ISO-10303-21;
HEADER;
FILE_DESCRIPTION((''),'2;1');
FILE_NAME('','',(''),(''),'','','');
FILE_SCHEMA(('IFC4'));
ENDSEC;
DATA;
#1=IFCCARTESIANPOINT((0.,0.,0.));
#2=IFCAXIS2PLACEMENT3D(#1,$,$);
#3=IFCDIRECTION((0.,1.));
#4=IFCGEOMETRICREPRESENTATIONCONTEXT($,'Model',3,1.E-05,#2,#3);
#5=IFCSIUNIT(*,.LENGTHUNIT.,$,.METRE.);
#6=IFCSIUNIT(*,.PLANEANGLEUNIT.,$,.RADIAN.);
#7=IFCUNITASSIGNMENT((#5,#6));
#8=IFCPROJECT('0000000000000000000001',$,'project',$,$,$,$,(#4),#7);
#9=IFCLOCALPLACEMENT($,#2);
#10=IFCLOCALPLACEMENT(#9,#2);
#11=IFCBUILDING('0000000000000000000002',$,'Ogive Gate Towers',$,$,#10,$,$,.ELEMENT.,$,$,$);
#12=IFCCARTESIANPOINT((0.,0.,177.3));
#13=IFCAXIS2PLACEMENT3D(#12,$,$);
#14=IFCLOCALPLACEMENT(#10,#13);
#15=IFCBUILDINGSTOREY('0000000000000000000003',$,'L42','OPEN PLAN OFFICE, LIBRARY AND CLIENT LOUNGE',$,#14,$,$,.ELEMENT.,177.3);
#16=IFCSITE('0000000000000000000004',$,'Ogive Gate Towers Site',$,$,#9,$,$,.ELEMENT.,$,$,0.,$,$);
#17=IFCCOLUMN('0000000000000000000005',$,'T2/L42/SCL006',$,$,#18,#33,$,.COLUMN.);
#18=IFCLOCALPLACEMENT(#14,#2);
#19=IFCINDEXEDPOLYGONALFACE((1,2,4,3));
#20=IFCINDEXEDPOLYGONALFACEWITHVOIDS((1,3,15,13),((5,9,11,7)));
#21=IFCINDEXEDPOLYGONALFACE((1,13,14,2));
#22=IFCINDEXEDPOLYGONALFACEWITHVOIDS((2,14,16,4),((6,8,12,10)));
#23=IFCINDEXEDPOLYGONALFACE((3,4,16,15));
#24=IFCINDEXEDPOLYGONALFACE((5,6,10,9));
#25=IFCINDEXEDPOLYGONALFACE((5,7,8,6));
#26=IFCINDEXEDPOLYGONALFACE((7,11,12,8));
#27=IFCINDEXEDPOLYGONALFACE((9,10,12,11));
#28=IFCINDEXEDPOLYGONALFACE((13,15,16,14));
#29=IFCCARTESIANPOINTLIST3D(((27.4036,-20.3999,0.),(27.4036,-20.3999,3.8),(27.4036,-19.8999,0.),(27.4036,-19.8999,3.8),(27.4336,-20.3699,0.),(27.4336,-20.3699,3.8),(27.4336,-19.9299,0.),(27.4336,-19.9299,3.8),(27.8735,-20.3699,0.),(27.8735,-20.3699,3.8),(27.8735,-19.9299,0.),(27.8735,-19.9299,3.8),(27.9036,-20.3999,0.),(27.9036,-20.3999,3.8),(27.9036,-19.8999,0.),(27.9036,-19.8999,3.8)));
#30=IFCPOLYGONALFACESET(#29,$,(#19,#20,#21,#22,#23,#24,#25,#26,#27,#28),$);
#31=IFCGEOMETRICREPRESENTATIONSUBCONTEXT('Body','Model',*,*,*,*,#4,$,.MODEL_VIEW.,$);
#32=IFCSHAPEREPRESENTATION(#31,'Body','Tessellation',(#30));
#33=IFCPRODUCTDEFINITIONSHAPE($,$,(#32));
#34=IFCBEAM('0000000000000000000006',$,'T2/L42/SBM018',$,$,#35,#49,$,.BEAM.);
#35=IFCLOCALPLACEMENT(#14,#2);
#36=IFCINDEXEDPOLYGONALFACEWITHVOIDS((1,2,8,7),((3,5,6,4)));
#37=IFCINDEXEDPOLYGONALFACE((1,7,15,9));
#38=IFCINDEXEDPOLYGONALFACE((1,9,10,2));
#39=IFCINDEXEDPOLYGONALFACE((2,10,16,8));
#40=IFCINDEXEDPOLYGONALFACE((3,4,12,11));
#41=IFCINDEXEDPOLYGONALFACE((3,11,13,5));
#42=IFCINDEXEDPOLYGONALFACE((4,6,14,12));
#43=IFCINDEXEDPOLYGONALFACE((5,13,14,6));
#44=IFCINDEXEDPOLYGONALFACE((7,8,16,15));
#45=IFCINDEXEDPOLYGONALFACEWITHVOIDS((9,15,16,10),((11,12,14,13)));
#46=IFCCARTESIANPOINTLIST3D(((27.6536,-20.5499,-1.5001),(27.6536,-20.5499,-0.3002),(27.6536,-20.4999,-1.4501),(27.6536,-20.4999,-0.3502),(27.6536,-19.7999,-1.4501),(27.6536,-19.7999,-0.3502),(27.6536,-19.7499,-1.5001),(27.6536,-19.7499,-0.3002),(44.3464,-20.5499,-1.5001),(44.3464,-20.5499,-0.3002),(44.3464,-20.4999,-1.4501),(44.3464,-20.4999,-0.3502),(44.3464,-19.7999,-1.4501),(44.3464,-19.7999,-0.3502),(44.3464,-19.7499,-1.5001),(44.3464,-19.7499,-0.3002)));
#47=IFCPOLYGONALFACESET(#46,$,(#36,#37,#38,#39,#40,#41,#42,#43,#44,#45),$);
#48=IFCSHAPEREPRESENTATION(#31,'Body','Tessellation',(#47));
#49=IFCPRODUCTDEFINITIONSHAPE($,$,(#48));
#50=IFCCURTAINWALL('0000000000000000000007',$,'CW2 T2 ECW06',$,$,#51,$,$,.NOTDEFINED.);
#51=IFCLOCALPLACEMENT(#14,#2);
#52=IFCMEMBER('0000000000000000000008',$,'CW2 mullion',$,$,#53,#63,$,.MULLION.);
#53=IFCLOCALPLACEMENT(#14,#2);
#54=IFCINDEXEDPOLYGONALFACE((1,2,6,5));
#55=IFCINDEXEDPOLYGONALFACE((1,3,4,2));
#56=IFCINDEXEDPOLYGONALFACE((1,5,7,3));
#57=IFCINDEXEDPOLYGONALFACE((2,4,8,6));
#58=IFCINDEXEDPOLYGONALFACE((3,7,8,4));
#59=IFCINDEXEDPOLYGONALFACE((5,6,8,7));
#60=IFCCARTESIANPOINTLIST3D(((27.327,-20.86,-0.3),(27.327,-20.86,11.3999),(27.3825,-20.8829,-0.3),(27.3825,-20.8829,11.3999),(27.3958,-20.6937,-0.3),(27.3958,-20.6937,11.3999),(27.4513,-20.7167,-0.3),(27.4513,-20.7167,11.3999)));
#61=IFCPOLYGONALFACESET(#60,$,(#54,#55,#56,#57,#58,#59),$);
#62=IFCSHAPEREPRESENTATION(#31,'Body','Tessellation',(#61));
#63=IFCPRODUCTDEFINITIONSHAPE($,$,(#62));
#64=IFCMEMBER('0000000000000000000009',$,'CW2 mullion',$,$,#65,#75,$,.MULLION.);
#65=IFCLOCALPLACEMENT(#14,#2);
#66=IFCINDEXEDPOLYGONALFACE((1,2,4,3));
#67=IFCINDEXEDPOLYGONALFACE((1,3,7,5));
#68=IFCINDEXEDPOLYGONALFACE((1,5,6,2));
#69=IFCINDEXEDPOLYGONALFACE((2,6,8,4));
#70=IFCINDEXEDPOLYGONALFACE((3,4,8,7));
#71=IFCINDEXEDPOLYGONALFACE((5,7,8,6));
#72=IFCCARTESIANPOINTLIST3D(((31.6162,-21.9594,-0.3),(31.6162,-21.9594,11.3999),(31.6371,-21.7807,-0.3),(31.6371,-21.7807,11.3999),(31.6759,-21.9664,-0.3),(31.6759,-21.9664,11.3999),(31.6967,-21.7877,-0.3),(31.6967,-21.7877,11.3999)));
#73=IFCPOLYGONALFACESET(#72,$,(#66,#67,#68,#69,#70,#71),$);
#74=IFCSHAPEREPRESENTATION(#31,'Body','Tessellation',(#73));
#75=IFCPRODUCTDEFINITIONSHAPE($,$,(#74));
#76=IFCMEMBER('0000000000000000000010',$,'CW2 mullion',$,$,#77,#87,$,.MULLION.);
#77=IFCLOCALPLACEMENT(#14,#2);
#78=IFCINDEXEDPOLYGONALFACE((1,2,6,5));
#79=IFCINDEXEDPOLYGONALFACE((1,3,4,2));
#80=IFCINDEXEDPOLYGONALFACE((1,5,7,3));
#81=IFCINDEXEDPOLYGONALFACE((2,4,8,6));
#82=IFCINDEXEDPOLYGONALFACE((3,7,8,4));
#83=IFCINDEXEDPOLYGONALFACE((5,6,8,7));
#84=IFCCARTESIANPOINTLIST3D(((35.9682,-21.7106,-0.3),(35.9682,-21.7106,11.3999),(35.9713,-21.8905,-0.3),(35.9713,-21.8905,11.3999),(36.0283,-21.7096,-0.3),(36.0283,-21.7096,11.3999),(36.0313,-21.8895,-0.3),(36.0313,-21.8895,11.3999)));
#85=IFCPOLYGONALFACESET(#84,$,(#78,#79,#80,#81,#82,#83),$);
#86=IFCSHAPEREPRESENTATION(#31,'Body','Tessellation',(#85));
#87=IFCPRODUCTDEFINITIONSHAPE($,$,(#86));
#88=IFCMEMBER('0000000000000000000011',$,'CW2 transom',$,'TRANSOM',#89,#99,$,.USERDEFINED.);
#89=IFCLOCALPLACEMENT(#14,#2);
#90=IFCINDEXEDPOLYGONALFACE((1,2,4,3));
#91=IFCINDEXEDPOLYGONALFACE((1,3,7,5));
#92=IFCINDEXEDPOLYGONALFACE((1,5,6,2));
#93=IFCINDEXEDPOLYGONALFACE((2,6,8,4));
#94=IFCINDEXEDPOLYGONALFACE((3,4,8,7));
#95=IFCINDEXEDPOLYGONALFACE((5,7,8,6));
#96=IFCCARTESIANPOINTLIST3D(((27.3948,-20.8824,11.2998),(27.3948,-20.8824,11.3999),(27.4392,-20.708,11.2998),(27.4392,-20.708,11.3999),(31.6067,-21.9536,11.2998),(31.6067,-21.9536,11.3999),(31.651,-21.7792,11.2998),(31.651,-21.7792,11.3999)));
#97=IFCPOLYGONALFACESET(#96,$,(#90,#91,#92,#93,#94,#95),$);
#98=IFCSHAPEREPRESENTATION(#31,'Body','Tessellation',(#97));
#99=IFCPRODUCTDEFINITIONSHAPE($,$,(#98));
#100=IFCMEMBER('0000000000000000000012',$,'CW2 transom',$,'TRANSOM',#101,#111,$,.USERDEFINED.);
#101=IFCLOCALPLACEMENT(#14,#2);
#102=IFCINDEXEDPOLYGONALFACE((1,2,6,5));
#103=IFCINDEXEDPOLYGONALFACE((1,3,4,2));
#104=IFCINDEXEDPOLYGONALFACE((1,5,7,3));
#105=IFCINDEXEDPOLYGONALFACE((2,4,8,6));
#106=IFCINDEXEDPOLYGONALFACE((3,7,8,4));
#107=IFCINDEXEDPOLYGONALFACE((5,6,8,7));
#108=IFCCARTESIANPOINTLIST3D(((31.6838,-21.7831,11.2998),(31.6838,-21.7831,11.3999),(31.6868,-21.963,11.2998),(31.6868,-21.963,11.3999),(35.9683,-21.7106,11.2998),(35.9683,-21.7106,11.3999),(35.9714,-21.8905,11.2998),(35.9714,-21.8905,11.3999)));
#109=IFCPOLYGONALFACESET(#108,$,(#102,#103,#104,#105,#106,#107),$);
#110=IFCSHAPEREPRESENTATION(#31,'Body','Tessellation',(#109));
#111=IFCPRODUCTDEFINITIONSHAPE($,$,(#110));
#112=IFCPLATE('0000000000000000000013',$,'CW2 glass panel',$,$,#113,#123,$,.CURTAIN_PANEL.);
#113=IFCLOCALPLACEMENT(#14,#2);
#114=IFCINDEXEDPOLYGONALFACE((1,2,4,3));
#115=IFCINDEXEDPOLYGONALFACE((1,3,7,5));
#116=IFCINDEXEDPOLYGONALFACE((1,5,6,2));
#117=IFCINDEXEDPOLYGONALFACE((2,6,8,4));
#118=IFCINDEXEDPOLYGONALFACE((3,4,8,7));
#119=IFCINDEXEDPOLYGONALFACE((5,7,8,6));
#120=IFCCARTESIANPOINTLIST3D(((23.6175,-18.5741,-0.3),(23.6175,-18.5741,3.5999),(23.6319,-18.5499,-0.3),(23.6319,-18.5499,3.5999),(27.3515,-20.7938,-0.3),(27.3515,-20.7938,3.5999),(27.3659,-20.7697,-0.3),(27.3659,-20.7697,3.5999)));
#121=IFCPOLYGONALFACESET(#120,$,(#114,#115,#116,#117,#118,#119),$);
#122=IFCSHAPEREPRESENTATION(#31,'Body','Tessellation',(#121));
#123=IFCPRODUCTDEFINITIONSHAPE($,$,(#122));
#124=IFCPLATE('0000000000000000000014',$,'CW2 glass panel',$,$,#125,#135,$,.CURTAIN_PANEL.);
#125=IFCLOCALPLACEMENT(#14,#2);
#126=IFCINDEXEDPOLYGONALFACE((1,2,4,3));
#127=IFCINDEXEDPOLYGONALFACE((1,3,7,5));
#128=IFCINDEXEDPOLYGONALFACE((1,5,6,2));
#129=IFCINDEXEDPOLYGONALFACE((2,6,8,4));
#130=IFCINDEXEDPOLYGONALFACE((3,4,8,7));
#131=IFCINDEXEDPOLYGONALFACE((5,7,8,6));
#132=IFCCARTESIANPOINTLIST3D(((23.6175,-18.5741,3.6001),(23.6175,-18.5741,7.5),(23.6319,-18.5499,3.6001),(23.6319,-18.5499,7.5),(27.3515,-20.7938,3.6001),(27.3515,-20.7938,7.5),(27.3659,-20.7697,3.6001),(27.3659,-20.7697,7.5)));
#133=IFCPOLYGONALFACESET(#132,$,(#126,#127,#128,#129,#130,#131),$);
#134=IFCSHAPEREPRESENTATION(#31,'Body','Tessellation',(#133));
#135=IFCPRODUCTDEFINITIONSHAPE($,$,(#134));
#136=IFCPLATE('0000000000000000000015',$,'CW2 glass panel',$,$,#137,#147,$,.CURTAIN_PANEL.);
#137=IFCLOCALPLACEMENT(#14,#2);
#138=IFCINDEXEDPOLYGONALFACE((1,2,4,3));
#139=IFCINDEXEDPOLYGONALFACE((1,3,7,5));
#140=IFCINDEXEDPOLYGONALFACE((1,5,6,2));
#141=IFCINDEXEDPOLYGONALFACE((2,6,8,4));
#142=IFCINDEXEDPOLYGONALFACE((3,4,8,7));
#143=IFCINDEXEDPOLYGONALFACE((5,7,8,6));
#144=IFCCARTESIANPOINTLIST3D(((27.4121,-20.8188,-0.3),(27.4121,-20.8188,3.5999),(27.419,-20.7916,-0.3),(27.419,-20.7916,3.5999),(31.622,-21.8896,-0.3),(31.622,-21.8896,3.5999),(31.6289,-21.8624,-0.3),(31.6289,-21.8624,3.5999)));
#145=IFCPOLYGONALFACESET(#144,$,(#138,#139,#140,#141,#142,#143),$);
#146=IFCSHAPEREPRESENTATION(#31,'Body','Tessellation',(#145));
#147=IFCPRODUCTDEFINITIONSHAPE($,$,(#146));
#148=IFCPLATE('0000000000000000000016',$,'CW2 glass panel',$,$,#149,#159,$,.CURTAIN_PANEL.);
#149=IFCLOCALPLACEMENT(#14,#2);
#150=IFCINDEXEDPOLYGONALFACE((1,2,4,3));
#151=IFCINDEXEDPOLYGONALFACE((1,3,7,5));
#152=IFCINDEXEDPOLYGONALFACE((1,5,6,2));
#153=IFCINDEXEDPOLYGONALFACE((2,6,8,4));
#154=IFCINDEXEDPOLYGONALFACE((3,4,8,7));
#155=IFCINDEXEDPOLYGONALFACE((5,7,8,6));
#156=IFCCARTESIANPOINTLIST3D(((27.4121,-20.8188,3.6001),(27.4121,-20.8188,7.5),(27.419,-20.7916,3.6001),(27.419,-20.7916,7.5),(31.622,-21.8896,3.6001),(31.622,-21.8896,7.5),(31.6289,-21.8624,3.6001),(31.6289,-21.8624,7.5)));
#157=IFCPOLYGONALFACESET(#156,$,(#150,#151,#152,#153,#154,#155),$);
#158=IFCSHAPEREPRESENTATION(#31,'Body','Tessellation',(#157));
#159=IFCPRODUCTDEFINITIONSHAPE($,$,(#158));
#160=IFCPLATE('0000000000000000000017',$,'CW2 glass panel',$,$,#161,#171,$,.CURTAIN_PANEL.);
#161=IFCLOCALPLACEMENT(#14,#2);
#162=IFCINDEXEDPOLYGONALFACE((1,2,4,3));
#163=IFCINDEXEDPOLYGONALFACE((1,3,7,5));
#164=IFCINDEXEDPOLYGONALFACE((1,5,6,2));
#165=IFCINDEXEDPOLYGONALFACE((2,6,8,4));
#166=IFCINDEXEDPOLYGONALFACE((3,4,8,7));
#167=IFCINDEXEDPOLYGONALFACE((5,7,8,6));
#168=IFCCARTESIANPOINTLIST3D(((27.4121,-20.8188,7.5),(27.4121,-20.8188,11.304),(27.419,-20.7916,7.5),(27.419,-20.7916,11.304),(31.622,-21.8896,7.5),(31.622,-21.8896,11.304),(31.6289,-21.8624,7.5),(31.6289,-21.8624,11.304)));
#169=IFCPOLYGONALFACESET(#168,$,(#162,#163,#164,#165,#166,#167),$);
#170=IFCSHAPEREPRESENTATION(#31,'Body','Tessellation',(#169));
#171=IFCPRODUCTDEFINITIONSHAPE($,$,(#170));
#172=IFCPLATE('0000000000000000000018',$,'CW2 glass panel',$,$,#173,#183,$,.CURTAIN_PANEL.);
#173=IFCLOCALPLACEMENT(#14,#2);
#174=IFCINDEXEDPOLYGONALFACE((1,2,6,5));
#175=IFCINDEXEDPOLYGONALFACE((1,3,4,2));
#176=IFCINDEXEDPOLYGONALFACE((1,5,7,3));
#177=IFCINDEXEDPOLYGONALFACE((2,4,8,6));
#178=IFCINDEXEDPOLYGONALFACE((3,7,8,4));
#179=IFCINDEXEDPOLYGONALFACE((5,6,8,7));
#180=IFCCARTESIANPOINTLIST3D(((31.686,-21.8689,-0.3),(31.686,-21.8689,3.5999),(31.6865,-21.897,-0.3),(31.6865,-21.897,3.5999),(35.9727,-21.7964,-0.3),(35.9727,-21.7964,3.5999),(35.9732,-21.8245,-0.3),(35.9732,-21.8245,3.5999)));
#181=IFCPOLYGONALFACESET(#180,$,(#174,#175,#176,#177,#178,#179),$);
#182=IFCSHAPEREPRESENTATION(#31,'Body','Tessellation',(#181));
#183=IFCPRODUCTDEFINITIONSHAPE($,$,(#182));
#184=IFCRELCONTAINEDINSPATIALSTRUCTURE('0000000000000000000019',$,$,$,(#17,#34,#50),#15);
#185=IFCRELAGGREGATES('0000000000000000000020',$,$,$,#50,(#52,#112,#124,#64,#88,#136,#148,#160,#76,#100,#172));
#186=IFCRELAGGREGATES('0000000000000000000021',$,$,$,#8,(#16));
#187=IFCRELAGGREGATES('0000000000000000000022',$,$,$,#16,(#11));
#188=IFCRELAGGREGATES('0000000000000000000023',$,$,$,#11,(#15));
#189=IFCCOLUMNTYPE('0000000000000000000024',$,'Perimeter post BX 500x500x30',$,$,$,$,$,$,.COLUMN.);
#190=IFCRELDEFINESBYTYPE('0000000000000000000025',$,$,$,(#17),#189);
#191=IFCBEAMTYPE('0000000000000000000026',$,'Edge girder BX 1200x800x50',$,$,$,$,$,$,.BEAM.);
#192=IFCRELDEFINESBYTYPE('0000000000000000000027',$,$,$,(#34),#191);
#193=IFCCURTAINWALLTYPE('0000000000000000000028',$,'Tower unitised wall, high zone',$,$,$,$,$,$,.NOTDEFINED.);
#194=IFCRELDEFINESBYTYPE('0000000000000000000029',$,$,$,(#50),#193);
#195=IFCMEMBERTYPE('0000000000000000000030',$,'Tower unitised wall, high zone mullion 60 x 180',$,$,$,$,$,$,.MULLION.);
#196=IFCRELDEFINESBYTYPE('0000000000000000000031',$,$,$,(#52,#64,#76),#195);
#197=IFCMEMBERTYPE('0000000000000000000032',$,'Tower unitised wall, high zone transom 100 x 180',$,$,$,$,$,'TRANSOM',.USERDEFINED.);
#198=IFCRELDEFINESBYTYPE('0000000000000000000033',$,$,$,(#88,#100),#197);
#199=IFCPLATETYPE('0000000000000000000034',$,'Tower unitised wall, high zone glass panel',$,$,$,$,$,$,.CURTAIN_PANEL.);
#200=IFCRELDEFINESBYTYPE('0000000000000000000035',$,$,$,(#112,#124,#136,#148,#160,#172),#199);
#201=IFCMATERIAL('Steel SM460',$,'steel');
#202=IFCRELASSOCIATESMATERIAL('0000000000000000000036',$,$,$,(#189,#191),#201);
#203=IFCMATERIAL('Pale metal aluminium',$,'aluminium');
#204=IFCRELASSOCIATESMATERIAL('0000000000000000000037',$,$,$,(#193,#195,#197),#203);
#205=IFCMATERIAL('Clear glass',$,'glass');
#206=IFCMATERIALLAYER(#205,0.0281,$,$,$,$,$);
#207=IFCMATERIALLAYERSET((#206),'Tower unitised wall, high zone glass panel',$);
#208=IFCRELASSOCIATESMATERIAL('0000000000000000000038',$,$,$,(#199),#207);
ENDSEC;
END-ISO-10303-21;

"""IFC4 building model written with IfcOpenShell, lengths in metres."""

from ifc_helpers import new_model, si_unit, direction, frame, origin, origin_2d, place, context, subcontext, project, spatial, rectangle, hollow_rectangle, extrude, material, layer, layer_set, material_profile, profile_set, type_object, element, aggregate, save


model = new_model("IFC4")

# Units and contexts
model_context = context("Model", 3, precision=1e-05, world=origin(), true_north=direction((0.0, 1.0)))
body_context = subcontext(model_context, "Body", "Model", "MODEL_VIEW")
ifc_project = project(units=[si_unit("LENGTHUNIT", "METRE"), si_unit("PLANEANGLEUNIT", "RADIAN")], contexts=[model_context])

# Site, building, storey
site_placement = place(None, origin())
site = spatial("IfcSite", under=ifc_project, at=site_placement, Name="Ogive Gate Towers Site", CompositionType="ELEMENT", RefElevation=0.0)
building_placement = place(site_placement, origin())
building = spatial("IfcBuilding", under=site, at=building_placement, Name="Ogive Gate Towers", CompositionType="ELEMENT")
storey_placement = place(building_placement, frame((0.0, 0.0, 177.3)))
storey = spatial("IfcBuildingStorey", under=building, at=storey_placement, Name="L42", Description="OPEN PLAN OFFICE, LIBRARY AND CLIENT LOUNGE", CompositionType="ELEMENT", Elevation=177.3)

# Column
ifc_material_1 = material(Name="Steel SM460", Category="steel")
ifc_material_profile_1 = material_profile(ifc_material_1, hollow_rectangle(XDim=0.5, YDim=0.5, WallThickness=0.03, at=origin_2d()), Name="BX 500x500x30")
ifc_profile_set_1 = profile_set([ifc_material_profile_1], Name="Steel SM460")
column_type = type_object("IfcColumnType", Name="Perimeter post BX 500x500x30", PredefinedType="COLUMN", material=ifc_profile_set_1)
column_placement = place(storey_placement, frame((27.6536, -20.1499, 0.0), z_axis=(0.0, 0.0, 1.0), x_axis=(1.0, 0.0, 0.0)))
element("IfcColumn", 1, at=column_placement, inside=storey, type_object=column_type, Name="T2/L42/SCL006", PredefinedType="COLUMN", context=body_context, shape_type="SweptSolid", body=[
    extrude(hollow_rectangle(XDim=0.5, YDim=0.5, WallThickness=0.03, at=origin_2d()), origin(), (0.0, 0.0, 1.0), 3.8),
])

# Beam
ifc_material_profile_2 = material_profile(ifc_material_1, hollow_rectangle(XDim=0.8, YDim=1.2, WallThickness=0.05, at=origin_2d()), Name="BX 1200x800x50")
ifc_profile_set_2 = profile_set([ifc_material_profile_2], Name="Steel SM460")
beam_type = type_object("IfcBeamType", Name="Edge girder BX 1200x800x50", PredefinedType="BEAM", material=ifc_profile_set_2)
beam_placement = place(storey_placement, frame((27.6536, -20.1499, -0.9001), z_axis=(1.0, 0.0, 0.0), x_axis=(0.0, 1.0, 0.0)))
element("IfcBeam", 2, at=beam_placement, inside=storey, type_object=beam_type, Name="T2/L42/SBM018", PredefinedType="BEAM", context=body_context, shape_type="SweptSolid", body=[
    extrude(hollow_rectangle(XDim=0.8, YDim=1.2, WallThickness=0.05, at=origin_2d()), origin(), (0.0, 0.0, 1.0), 16.6929),
])

# Curtain wall, members, plates
ifc_material_2 = material(Name="Pale metal aluminium", Category="aluminium")
curtain_wall_type = type_object("IfcCurtainWallType", Name="Tower unitised wall, high zone", PredefinedType="NOTDEFINED", material=ifc_material_2)
curtain_wall_placement = place(storey_placement, origin())
curtain_wall = element("IfcCurtainWall", 3, at=curtain_wall_placement, inside=storey, type_object=curtain_wall_type, Name="CW2 T2 ECW06", PredefinedType="NOTDEFINED")
ifc_material_profile_3 = material_profile(ifc_material_2, rectangle(XDim=0.1799, YDim=0.0601, at=origin_2d()), Name="60 x 180 aluminium box")
ifc_profile_set_3 = profile_set([ifc_material_profile_3], Name="Pale metal aluminium")
member_type_1 = type_object("IfcMemberType", Name="Tower unitised wall, high zone mullion 60 x 180", PredefinedType="MULLION", material=ifc_profile_set_3)
member_1_placement = place(storey_placement, frame((27.3892, -20.7883, -0.3), z_axis=(0.0, 0.0, 1.0), x_axis=(-0.382683, -0.92388, 0.0)))
member_1 = element("IfcMember", 4, at=member_1_placement, type_object=member_type_1, Name="CW2 mullion", PredefinedType="MULLION", context=body_context, shape_type="SweptSolid", body=[
    extrude(rectangle(XDim=0.1799, YDim=0.0601, at=origin_2d()), origin(), (0.0, 0.0, 1.0), 11.7),
])
member_2_placement = place(storey_placement, frame((31.6565, -21.8735, -0.3), z_axis=(0.0, 0.0, 1.0), x_axis=(-0.115804, -0.993272, 0.0)))
member_2 = element("IfcMember", 5, at=member_2_placement, type_object=member_type_1, Name="CW2 mullion", PredefinedType="MULLION", context=body_context, shape_type="SweptSolid", body=[
    extrude(rectangle(XDim=0.1799, YDim=0.0601, at=origin_2d()), origin(), (0.0, 0.0, 1.0), 11.7),
])
member_3_placement = place(storey_placement, frame((35.9998, -21.8, -0.3), z_axis=(0.0, 0.0, 1.0), x_axis=(0.016911, -0.999857, 0.0)))
member_3 = element("IfcMember", 6, at=member_3_placement, type_object=member_type_1, Name="CW2 mullion", PredefinedType="MULLION", context=body_context, shape_type="SweptSolid", body=[
    extrude(rectangle(XDim=0.1799, YDim=0.0601, at=origin_2d()), origin(), (0.0, 0.0, 1.0), 11.7),
])
ifc_material_profile_4 = material_profile(ifc_material_2, rectangle(XDim=0.1799, YDim=0.1001, at=origin_2d()), Name="100 x 180 aluminium box")
ifc_profile_set_4 = profile_set([ifc_material_profile_4], Name="Pale metal aluminium")
member_type_2 = type_object("IfcMemberType", Name="Tower unitised wall, high zone transom 100 x 180", ElementType="TRANSOM", PredefinedType="USERDEFINED", material=ifc_profile_set_4)
member_4_placement = place(storey_placement, frame((27.417, -20.7952, 11.3499), z_axis=(0.969143, -0.246499, 0.0), x_axis=(0.246499, 0.969143, 0.0)))
member_4 = element("IfcMember", 7, at=member_4_placement, type_object=member_type_2, Name="CW2 transom", ObjectType="TRANSOM", PredefinedType="USERDEFINED", context=body_context, shape_type="SweptSolid", body=[
    extrude(rectangle(XDim=0.1799, YDim=0.1001, at=origin_2d()), origin(), (0.0, 0.0, 1.0), 4.3459),
])
member_5_placement = place(storey_placement, frame((31.6853, -21.873, 11.3499), z_axis=(0.999857, 0.016922, 0.0), x_axis=(-0.016922, 0.999857, 0.0)))
member_5 = element("IfcMember", 8, at=member_5_placement, type_object=member_type_2, Name="CW2 transom", ObjectType="TRANSOM", PredefinedType="USERDEFINED", context=body_context, shape_type="SweptSolid", body=[
    extrude(rectangle(XDim=0.1799, YDim=0.1001, at=origin_2d()), origin(), (0.0, 0.0, 1.0), 4.2852),
])
ifc_material_3 = material(Name="Clear glass", Category="glass")
ifc_layer_1 = layer(ifc_material_3, 0.0281)
ifc_layer_set_1 = layer_set([ifc_layer_1], Name="Tower unitised wall, high zone glass panel")
plate_type = type_object("IfcPlateType", Name="Tower unitised wall, high zone glass panel", PredefinedType="CURTAIN_PANEL", material=ifc_layer_set_1)
plate_1_placement = place(storey_placement, frame((25.4917, -19.6719, -0.3), z_axis=(0.0, 0.0, 1.0), x_axis=(0.859585, -0.510993, 0.0)))
plate_1 = element("IfcPlate", 9, at=plate_1_placement, type_object=plate_type, Name="CW2 glass panel", PredefinedType="CURTAIN_PANEL", context=body_context, shape_type="SweptSolid", body=[
    extrude(rectangle(XDim=4.344, YDim=0.0281, at=origin_2d()), origin(), (0.0, 0.0, 1.0), 3.8999),
])
plate_2_placement = place(storey_placement, frame((25.4917, -19.6719, 3.6001), z_axis=(0.0, 0.0, 1.0), x_axis=(0.859585, -0.510993, 0.0)))
plate_2 = element("IfcPlate", 10, at=plate_2_placement, type_object=plate_type, Name="CW2 glass panel", PredefinedType="CURTAIN_PANEL", context=body_context, shape_type="SweptSolid", body=[
    extrude(rectangle(XDim=4.344, YDim=0.0281, at=origin_2d()), origin(), (0.0, 0.0, 1.0), 3.8999),
])
plate_3_placement = place(storey_placement, frame((29.5205, -21.3406, -0.3), z_axis=(0.0, 0.0, 1.0), x_axis=(0.969145, -0.246492, 0.0)))
plate_3 = element("IfcPlate", 11, at=plate_3_placement, type_object=plate_type, Name="CW2 glass panel", PredefinedType="CURTAIN_PANEL", context=body_context, shape_type="SweptSolid", body=[
    extrude(rectangle(XDim=4.344, YDim=0.0281, at=origin_2d()), origin(), (0.0, 0.0, 1.0), 3.8999),
])
plate_4_placement = place(storey_placement, frame((29.5205, -21.3406, 3.6001), z_axis=(0.0, 0.0, 1.0), x_axis=(0.969145, -0.246492, 0.0)))
plate_4 = element("IfcPlate", 12, at=plate_4_placement, type_object=plate_type, Name="CW2 glass panel", PredefinedType="CURTAIN_PANEL", context=body_context, shape_type="SweptSolid", body=[
    extrude(rectangle(XDim=4.344, YDim=0.0281, at=origin_2d()), origin(), (0.0, 0.0, 1.0), 3.8999),
])
plate_5_placement = place(storey_placement, frame((29.5205, -21.3406, 7.5), z_axis=(0.0, 0.0, 1.0), x_axis=(0.969145, -0.246492, 0.0)))
plate_5 = element("IfcPlate", 13, at=plate_5_placement, type_object=plate_type, Name="CW2 glass panel", PredefinedType="CURTAIN_PANEL", context=body_context, shape_type="SweptSolid", body=[
    extrude(rectangle(XDim=4.344, YDim=0.0281, at=origin_2d()), origin(), (0.0, 0.0, 1.0), 3.804),
])
plate_6_placement = place(storey_placement, frame((33.8296, -21.8467, -0.3), z_axis=(0.0, 0.0, 1.0), x_axis=(0.999857, 0.016911, 0.0)))
plate_6 = element("IfcPlate", 14, at=plate_6_placement, type_object=plate_type, Name="CW2 glass panel", PredefinedType="CURTAIN_PANEL", context=body_context, shape_type="SweptSolid", body=[
    extrude(rectangle(XDim=4.2874, YDim=0.0281, at=origin_2d()), origin(), (0.0, 0.0, 1.0), 3.8999),
])
aggregate(curtain_wall, [member_1, plate_1, plate_2, member_2, member_4, plate_3, plate_4, plate_5, member_3, member_5, plate_6])

save(model, "model.ifc")
